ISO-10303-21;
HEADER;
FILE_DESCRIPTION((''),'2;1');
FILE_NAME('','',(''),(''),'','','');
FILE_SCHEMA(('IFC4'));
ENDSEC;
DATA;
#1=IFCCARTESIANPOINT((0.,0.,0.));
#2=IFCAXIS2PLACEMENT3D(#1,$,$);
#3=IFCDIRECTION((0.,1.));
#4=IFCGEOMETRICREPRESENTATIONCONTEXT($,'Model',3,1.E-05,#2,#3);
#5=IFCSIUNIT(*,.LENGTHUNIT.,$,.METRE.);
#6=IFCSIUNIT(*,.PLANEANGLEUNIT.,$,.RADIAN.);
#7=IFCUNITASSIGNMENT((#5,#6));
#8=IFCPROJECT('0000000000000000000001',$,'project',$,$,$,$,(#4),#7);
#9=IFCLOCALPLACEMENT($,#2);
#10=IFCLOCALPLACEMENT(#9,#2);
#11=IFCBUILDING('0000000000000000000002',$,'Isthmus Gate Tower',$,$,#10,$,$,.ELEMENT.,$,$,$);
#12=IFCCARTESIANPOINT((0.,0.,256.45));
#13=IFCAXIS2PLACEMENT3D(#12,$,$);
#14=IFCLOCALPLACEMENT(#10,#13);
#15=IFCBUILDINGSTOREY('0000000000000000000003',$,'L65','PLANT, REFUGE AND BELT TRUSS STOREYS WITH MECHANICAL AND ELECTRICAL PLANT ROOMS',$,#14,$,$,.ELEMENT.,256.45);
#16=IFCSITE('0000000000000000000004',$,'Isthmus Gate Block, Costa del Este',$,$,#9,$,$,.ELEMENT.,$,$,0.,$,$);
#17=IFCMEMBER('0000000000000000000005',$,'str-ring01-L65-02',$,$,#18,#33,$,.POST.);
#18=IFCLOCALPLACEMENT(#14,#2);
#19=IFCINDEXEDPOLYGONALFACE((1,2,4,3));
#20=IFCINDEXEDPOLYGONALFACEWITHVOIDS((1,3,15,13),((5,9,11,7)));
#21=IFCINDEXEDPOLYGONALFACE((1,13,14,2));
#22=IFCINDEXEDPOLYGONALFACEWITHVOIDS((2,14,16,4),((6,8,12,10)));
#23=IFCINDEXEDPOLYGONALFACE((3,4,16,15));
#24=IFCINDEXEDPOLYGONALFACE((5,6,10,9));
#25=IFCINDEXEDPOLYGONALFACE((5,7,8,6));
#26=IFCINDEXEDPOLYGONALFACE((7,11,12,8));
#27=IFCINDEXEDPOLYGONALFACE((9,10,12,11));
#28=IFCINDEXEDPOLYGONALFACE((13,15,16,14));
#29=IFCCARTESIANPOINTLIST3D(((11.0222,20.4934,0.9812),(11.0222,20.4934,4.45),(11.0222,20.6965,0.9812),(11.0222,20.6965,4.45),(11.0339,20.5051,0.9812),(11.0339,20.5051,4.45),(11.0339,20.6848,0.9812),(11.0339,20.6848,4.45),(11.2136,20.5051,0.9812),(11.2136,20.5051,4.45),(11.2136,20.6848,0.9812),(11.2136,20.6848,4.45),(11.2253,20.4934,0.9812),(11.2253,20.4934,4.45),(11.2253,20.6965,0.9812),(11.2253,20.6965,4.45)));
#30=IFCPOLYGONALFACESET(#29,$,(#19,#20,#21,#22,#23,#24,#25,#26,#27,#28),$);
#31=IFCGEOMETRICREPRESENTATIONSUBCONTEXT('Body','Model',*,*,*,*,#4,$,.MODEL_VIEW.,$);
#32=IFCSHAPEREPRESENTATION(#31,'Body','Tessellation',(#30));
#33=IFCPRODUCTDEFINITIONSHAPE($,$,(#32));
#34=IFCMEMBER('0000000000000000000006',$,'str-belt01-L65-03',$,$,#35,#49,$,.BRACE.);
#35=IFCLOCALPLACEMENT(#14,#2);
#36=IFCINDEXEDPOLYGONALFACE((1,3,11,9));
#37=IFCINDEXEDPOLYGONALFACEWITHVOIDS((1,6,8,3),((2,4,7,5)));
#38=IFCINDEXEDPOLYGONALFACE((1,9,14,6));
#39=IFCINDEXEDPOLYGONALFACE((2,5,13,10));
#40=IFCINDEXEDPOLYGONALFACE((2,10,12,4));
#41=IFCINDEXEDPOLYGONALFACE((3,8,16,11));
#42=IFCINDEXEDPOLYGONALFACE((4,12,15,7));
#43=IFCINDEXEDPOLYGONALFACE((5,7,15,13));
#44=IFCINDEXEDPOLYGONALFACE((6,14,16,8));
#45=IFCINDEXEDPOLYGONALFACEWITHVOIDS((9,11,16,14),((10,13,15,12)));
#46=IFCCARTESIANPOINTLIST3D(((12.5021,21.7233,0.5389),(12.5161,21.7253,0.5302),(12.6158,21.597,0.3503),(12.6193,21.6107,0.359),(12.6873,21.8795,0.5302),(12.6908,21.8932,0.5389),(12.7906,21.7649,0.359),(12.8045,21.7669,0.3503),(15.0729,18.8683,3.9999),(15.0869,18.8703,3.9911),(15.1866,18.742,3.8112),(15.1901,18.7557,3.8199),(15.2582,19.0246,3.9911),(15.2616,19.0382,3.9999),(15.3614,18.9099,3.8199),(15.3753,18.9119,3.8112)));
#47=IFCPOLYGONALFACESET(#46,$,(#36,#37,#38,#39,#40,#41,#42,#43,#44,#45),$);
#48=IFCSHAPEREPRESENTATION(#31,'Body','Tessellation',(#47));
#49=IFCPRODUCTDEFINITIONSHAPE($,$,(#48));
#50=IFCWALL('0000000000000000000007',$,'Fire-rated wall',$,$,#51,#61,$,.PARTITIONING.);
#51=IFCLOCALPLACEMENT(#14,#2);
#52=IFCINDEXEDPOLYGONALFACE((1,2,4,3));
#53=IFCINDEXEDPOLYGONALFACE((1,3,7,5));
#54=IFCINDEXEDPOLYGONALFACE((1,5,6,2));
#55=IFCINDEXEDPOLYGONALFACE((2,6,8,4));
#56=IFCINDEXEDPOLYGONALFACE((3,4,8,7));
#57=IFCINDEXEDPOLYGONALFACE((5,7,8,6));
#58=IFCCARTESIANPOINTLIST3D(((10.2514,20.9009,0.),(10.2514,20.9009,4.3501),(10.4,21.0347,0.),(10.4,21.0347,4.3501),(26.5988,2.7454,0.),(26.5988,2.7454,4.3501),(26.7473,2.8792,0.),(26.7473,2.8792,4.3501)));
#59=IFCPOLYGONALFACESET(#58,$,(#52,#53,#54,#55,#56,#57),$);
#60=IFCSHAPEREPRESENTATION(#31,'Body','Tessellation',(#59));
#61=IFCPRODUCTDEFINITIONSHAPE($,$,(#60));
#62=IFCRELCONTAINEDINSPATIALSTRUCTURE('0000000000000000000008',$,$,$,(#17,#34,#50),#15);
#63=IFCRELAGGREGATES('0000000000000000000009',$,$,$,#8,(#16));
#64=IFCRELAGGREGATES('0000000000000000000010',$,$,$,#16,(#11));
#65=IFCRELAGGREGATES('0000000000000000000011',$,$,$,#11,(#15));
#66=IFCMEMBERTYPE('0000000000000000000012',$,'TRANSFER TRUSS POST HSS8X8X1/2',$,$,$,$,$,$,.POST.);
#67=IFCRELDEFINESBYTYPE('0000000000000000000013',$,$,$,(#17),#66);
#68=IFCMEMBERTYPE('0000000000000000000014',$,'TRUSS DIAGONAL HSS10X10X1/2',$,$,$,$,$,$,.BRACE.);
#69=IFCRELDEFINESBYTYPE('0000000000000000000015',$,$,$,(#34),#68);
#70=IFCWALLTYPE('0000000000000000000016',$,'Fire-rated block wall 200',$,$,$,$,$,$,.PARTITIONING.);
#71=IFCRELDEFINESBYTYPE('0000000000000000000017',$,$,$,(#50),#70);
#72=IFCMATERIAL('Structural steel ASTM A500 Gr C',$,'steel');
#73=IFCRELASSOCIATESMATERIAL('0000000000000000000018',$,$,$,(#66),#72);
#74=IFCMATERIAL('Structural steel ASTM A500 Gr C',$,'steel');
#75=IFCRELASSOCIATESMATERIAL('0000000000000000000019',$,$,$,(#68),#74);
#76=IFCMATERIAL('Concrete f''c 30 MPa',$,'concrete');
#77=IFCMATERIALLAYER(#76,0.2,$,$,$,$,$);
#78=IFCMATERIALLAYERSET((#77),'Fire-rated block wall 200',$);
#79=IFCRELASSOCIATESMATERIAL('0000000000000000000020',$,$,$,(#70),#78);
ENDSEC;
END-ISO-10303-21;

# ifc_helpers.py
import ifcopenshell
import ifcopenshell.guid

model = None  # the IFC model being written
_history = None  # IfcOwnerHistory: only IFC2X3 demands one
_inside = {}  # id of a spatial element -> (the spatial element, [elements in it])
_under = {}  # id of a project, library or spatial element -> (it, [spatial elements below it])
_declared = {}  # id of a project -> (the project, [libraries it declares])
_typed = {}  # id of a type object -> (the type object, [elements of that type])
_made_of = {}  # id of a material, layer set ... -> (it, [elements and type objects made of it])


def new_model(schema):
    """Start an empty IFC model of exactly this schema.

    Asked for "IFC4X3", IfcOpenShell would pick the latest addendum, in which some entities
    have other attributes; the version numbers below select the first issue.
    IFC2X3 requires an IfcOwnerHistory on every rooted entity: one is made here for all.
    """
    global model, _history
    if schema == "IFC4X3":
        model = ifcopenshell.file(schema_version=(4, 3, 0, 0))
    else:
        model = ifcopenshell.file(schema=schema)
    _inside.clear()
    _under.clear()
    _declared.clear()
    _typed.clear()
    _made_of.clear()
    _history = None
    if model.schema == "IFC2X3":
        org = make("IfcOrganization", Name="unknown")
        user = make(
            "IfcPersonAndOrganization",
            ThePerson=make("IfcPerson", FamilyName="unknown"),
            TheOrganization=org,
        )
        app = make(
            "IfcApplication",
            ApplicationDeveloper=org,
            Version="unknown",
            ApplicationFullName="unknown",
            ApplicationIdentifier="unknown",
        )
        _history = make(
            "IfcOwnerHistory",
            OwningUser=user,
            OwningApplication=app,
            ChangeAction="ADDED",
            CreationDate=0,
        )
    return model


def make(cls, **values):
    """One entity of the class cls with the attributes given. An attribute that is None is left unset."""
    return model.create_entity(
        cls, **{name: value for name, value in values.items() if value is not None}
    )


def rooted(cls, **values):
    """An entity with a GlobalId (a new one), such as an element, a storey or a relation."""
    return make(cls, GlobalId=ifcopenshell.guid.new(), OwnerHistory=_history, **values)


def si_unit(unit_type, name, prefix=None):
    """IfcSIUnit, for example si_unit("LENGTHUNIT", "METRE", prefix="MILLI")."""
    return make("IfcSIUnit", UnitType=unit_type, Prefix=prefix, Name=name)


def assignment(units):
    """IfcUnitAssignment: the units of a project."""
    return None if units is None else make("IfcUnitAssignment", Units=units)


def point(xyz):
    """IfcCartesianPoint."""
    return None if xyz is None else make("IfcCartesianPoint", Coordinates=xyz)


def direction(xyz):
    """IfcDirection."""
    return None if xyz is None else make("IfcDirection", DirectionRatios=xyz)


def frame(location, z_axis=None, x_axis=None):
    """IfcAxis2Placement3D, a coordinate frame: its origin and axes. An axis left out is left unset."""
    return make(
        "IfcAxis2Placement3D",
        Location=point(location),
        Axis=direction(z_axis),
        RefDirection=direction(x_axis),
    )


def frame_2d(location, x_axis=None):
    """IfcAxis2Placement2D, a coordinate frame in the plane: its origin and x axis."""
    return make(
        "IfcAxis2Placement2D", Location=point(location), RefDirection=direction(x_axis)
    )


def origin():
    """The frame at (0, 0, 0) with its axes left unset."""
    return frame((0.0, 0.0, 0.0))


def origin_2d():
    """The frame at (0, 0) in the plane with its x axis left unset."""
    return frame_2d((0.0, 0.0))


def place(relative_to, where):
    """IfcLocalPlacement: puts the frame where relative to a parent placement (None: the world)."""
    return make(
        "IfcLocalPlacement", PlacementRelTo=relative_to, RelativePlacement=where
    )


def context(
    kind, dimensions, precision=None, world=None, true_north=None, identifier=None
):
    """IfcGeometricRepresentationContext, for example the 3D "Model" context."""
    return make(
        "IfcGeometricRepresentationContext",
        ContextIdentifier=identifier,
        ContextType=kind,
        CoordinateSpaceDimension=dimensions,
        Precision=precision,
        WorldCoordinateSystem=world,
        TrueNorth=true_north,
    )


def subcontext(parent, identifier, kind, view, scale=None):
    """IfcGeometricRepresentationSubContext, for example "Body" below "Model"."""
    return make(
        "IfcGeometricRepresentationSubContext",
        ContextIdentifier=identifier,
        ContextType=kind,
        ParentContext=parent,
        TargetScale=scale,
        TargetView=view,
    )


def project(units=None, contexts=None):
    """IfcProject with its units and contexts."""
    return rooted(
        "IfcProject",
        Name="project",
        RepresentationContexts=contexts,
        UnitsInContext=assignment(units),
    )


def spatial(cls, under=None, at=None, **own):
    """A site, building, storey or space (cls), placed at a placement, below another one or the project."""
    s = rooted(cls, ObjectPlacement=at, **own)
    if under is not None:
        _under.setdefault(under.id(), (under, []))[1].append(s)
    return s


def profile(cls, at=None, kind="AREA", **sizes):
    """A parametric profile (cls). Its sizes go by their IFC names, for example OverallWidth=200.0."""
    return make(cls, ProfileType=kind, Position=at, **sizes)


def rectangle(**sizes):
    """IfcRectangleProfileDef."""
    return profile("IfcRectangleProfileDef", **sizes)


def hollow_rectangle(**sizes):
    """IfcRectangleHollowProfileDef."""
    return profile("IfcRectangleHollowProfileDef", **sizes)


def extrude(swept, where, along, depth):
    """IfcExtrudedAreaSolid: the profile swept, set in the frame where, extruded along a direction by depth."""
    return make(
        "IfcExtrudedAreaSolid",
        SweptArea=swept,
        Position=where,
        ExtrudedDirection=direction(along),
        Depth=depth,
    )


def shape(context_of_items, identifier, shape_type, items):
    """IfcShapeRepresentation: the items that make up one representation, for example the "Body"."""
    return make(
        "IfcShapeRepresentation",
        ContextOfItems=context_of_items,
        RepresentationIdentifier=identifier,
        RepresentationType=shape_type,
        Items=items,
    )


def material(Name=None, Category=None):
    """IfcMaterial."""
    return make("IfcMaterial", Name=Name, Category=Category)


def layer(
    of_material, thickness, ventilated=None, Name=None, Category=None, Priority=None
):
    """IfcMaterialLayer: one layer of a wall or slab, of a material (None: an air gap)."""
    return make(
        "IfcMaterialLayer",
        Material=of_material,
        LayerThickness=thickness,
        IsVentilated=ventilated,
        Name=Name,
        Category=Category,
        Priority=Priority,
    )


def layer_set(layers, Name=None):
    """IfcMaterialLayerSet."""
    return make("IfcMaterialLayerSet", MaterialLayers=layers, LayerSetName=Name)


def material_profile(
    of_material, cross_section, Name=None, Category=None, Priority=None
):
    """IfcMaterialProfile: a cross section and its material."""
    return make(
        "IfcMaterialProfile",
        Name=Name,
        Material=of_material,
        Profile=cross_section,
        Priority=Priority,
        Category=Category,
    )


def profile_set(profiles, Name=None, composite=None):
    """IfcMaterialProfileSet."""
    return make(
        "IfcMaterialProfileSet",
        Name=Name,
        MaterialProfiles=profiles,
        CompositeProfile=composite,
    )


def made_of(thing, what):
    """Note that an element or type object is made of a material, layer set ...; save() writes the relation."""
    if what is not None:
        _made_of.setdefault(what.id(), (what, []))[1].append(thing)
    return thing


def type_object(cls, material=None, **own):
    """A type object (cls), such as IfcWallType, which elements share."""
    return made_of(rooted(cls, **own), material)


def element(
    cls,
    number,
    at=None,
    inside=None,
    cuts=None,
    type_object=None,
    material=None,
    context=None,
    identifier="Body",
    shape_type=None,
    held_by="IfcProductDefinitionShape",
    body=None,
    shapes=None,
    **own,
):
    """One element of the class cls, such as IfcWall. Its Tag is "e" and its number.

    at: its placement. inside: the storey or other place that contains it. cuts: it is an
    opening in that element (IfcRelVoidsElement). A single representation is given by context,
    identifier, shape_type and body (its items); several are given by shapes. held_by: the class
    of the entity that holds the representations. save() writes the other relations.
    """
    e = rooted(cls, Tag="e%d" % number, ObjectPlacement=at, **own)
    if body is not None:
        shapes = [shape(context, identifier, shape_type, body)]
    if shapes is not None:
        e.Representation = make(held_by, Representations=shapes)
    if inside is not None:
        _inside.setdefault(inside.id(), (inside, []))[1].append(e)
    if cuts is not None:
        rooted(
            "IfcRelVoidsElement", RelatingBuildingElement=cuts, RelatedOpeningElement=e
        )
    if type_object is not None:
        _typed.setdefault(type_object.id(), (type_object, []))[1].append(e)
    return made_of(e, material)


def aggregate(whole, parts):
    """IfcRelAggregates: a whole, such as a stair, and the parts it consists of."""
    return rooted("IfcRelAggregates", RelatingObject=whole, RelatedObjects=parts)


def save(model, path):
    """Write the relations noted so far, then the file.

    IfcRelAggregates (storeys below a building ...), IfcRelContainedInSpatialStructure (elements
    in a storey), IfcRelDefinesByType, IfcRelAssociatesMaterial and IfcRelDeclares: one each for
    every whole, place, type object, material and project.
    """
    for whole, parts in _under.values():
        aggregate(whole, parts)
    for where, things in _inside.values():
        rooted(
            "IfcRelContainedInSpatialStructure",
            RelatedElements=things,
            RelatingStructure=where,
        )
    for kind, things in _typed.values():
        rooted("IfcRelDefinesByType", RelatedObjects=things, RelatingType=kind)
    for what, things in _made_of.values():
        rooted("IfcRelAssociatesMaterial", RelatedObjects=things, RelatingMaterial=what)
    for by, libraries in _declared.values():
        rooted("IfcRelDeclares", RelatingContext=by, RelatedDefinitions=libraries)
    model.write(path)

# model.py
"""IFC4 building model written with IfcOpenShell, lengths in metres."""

from ifc_helpers import new_model, si_unit, direction, frame, frame_2d, origin, origin_2d, place, context, subcontext, project, spatial, rectangle, hollow_rectangle, extrude, material, layer, layer_set, material_profile, profile_set, type_object, element, save


model = new_model("IFC4")

# Units and contexts
model_context = context("Model", 3, precision=1e-05, world=origin(), true_north=direction((0.0, 1.0)))
body_context = subcontext(model_context, "Body", "Model", "MODEL_VIEW")
ifc_project = project(units=[si_unit("LENGTHUNIT", "METRE"), si_unit("PLANEANGLEUNIT", "RADIAN")], contexts=[model_context])

# Site, building, storey
site_placement = place(None, origin())
site = spatial("IfcSite", under=ifc_project, at=site_placement, Name="Isthmus Gate Block, Costa del Este", CompositionType="ELEMENT", RefElevation=0.0)
building_placement = place(site_placement, origin())
building = spatial("IfcBuilding", under=site, at=building_placement, Name="Isthmus Gate Tower", CompositionType="ELEMENT")
storey_placement = place(building_placement, frame((0.0, 0.0, 256.45)))
storey = spatial("IfcBuildingStorey", under=building, at=storey_placement, Name="L65", Description="PLANT, REFUGE AND BELT TRUSS STOREYS WITH MECHANICAL AND ELECTRICAL PLANT ROOMS", CompositionType="ELEMENT", Elevation=256.45)

# Members
ifc_material_1 = material(Name="Structural steel ASTM A500 Gr C", Category="steel")
ifc_material_profile_1 = material_profile(ifc_material_1, hollow_rectangle(XDim=0.2031, YDim=0.2031, WallThickness=0.0117, at=origin_2d()), Name="HSS8X8X1/2")
ifc_profile_set_1 = profile_set([ifc_material_profile_1], Name="Structural steel ASTM A500 Gr C")
member_type_1 = type_object("IfcMemberType", Name="TRANSFER TRUSS POST HSS8X8X1/2", PredefinedType="POST", material=ifc_profile_set_1)
member_1_placement = place(storey_placement, frame((11.1238, 20.595, 0.9812), z_axis=(0.0, 0.0, 1.0), x_axis=(1.0, 0.0, 0.0)))
element("IfcMember", 1, at=member_1_placement, inside=storey, type_object=member_type_1, Name="str-ring01-L65-02", PredefinedType="POST", context=body_context, shape_type="SweptSolid", body=[
    extrude(hollow_rectangle(XDim=0.2031, YDim=0.2031, WallThickness=0.0117, at=origin_2d()), origin(), (0.0, 0.0, 1.0), 3.4688),
])
ifc_material_2 = material(Name="Structural steel ASTM A500 Gr C", Category="steel")
ifc_material_profile_2 = material_profile(ifc_material_2, hollow_rectangle(XDim=0.2539, YDim=0.2539, WallThickness=0.0117, at=origin_2d()), Name="HSS10X10X1/2")
ifc_profile_set_2 = profile_set([ifc_material_profile_2], Name="Structural steel ASTM A500 Gr C")
member_type_2 = type_object("IfcMemberType", Name="TRUSS DIAGONAL HSS10X10X1/2", PredefinedType="BRACE", material=ifc_profile_set_2)
member_2_placement = place(storey_placement, frame((12.6533, 21.7451, 0.4446), z_axis=(0.497169, -0.552126, 0.669313), x_axis=(0.743123, 0.669154, 0.0)))
element("IfcMember", 2, at=member_2_placement, inside=storey, type_object=member_type_2, Name="str-belt01-L65-03", PredefinedType="BRACE", context=body_context, shape_type="SweptSolid", body=[
    extrude(hollow_rectangle(XDim=0.2539, YDim=0.2539, WallThickness=0.0117, at=origin_2d()), origin(), (0.0, 0.0, 1.0), 5.1709),
])

# Wall
ifc_material_3 = material(Name="Concrete f'c 30 MPa", Category="concrete")
ifc_layer = layer(ifc_material_3, 0.2)
ifc_layer_set = layer_set([ifc_layer], Name="Fire-rated block wall 200")
wall_type = type_object("IfcWallType", Name="Fire-rated block wall 200", PredefinedType="PARTITIONING", material=ifc_layer_set)
wall_placement = place(storey_placement, frame((10.3257, 20.9678, 0.0), z_axis=(0.0, 0.0, 1.0), x_axis=(0.669133, -0.743143, 0.0)))
element("IfcWall", 3, at=wall_placement, inside=storey, type_object=wall_type, Name="Fire-rated wall", PredefinedType="PARTITIONING", context=body_context, shape_type="SweptSolid", body=[
    extrude(rectangle(XDim=24.4307, YDim=0.2, at=frame_2d((12.2153, 0.0))), origin(), (0.0, 0.0, 1.0), 4.3501),
])

save(model, "model.ifc")
